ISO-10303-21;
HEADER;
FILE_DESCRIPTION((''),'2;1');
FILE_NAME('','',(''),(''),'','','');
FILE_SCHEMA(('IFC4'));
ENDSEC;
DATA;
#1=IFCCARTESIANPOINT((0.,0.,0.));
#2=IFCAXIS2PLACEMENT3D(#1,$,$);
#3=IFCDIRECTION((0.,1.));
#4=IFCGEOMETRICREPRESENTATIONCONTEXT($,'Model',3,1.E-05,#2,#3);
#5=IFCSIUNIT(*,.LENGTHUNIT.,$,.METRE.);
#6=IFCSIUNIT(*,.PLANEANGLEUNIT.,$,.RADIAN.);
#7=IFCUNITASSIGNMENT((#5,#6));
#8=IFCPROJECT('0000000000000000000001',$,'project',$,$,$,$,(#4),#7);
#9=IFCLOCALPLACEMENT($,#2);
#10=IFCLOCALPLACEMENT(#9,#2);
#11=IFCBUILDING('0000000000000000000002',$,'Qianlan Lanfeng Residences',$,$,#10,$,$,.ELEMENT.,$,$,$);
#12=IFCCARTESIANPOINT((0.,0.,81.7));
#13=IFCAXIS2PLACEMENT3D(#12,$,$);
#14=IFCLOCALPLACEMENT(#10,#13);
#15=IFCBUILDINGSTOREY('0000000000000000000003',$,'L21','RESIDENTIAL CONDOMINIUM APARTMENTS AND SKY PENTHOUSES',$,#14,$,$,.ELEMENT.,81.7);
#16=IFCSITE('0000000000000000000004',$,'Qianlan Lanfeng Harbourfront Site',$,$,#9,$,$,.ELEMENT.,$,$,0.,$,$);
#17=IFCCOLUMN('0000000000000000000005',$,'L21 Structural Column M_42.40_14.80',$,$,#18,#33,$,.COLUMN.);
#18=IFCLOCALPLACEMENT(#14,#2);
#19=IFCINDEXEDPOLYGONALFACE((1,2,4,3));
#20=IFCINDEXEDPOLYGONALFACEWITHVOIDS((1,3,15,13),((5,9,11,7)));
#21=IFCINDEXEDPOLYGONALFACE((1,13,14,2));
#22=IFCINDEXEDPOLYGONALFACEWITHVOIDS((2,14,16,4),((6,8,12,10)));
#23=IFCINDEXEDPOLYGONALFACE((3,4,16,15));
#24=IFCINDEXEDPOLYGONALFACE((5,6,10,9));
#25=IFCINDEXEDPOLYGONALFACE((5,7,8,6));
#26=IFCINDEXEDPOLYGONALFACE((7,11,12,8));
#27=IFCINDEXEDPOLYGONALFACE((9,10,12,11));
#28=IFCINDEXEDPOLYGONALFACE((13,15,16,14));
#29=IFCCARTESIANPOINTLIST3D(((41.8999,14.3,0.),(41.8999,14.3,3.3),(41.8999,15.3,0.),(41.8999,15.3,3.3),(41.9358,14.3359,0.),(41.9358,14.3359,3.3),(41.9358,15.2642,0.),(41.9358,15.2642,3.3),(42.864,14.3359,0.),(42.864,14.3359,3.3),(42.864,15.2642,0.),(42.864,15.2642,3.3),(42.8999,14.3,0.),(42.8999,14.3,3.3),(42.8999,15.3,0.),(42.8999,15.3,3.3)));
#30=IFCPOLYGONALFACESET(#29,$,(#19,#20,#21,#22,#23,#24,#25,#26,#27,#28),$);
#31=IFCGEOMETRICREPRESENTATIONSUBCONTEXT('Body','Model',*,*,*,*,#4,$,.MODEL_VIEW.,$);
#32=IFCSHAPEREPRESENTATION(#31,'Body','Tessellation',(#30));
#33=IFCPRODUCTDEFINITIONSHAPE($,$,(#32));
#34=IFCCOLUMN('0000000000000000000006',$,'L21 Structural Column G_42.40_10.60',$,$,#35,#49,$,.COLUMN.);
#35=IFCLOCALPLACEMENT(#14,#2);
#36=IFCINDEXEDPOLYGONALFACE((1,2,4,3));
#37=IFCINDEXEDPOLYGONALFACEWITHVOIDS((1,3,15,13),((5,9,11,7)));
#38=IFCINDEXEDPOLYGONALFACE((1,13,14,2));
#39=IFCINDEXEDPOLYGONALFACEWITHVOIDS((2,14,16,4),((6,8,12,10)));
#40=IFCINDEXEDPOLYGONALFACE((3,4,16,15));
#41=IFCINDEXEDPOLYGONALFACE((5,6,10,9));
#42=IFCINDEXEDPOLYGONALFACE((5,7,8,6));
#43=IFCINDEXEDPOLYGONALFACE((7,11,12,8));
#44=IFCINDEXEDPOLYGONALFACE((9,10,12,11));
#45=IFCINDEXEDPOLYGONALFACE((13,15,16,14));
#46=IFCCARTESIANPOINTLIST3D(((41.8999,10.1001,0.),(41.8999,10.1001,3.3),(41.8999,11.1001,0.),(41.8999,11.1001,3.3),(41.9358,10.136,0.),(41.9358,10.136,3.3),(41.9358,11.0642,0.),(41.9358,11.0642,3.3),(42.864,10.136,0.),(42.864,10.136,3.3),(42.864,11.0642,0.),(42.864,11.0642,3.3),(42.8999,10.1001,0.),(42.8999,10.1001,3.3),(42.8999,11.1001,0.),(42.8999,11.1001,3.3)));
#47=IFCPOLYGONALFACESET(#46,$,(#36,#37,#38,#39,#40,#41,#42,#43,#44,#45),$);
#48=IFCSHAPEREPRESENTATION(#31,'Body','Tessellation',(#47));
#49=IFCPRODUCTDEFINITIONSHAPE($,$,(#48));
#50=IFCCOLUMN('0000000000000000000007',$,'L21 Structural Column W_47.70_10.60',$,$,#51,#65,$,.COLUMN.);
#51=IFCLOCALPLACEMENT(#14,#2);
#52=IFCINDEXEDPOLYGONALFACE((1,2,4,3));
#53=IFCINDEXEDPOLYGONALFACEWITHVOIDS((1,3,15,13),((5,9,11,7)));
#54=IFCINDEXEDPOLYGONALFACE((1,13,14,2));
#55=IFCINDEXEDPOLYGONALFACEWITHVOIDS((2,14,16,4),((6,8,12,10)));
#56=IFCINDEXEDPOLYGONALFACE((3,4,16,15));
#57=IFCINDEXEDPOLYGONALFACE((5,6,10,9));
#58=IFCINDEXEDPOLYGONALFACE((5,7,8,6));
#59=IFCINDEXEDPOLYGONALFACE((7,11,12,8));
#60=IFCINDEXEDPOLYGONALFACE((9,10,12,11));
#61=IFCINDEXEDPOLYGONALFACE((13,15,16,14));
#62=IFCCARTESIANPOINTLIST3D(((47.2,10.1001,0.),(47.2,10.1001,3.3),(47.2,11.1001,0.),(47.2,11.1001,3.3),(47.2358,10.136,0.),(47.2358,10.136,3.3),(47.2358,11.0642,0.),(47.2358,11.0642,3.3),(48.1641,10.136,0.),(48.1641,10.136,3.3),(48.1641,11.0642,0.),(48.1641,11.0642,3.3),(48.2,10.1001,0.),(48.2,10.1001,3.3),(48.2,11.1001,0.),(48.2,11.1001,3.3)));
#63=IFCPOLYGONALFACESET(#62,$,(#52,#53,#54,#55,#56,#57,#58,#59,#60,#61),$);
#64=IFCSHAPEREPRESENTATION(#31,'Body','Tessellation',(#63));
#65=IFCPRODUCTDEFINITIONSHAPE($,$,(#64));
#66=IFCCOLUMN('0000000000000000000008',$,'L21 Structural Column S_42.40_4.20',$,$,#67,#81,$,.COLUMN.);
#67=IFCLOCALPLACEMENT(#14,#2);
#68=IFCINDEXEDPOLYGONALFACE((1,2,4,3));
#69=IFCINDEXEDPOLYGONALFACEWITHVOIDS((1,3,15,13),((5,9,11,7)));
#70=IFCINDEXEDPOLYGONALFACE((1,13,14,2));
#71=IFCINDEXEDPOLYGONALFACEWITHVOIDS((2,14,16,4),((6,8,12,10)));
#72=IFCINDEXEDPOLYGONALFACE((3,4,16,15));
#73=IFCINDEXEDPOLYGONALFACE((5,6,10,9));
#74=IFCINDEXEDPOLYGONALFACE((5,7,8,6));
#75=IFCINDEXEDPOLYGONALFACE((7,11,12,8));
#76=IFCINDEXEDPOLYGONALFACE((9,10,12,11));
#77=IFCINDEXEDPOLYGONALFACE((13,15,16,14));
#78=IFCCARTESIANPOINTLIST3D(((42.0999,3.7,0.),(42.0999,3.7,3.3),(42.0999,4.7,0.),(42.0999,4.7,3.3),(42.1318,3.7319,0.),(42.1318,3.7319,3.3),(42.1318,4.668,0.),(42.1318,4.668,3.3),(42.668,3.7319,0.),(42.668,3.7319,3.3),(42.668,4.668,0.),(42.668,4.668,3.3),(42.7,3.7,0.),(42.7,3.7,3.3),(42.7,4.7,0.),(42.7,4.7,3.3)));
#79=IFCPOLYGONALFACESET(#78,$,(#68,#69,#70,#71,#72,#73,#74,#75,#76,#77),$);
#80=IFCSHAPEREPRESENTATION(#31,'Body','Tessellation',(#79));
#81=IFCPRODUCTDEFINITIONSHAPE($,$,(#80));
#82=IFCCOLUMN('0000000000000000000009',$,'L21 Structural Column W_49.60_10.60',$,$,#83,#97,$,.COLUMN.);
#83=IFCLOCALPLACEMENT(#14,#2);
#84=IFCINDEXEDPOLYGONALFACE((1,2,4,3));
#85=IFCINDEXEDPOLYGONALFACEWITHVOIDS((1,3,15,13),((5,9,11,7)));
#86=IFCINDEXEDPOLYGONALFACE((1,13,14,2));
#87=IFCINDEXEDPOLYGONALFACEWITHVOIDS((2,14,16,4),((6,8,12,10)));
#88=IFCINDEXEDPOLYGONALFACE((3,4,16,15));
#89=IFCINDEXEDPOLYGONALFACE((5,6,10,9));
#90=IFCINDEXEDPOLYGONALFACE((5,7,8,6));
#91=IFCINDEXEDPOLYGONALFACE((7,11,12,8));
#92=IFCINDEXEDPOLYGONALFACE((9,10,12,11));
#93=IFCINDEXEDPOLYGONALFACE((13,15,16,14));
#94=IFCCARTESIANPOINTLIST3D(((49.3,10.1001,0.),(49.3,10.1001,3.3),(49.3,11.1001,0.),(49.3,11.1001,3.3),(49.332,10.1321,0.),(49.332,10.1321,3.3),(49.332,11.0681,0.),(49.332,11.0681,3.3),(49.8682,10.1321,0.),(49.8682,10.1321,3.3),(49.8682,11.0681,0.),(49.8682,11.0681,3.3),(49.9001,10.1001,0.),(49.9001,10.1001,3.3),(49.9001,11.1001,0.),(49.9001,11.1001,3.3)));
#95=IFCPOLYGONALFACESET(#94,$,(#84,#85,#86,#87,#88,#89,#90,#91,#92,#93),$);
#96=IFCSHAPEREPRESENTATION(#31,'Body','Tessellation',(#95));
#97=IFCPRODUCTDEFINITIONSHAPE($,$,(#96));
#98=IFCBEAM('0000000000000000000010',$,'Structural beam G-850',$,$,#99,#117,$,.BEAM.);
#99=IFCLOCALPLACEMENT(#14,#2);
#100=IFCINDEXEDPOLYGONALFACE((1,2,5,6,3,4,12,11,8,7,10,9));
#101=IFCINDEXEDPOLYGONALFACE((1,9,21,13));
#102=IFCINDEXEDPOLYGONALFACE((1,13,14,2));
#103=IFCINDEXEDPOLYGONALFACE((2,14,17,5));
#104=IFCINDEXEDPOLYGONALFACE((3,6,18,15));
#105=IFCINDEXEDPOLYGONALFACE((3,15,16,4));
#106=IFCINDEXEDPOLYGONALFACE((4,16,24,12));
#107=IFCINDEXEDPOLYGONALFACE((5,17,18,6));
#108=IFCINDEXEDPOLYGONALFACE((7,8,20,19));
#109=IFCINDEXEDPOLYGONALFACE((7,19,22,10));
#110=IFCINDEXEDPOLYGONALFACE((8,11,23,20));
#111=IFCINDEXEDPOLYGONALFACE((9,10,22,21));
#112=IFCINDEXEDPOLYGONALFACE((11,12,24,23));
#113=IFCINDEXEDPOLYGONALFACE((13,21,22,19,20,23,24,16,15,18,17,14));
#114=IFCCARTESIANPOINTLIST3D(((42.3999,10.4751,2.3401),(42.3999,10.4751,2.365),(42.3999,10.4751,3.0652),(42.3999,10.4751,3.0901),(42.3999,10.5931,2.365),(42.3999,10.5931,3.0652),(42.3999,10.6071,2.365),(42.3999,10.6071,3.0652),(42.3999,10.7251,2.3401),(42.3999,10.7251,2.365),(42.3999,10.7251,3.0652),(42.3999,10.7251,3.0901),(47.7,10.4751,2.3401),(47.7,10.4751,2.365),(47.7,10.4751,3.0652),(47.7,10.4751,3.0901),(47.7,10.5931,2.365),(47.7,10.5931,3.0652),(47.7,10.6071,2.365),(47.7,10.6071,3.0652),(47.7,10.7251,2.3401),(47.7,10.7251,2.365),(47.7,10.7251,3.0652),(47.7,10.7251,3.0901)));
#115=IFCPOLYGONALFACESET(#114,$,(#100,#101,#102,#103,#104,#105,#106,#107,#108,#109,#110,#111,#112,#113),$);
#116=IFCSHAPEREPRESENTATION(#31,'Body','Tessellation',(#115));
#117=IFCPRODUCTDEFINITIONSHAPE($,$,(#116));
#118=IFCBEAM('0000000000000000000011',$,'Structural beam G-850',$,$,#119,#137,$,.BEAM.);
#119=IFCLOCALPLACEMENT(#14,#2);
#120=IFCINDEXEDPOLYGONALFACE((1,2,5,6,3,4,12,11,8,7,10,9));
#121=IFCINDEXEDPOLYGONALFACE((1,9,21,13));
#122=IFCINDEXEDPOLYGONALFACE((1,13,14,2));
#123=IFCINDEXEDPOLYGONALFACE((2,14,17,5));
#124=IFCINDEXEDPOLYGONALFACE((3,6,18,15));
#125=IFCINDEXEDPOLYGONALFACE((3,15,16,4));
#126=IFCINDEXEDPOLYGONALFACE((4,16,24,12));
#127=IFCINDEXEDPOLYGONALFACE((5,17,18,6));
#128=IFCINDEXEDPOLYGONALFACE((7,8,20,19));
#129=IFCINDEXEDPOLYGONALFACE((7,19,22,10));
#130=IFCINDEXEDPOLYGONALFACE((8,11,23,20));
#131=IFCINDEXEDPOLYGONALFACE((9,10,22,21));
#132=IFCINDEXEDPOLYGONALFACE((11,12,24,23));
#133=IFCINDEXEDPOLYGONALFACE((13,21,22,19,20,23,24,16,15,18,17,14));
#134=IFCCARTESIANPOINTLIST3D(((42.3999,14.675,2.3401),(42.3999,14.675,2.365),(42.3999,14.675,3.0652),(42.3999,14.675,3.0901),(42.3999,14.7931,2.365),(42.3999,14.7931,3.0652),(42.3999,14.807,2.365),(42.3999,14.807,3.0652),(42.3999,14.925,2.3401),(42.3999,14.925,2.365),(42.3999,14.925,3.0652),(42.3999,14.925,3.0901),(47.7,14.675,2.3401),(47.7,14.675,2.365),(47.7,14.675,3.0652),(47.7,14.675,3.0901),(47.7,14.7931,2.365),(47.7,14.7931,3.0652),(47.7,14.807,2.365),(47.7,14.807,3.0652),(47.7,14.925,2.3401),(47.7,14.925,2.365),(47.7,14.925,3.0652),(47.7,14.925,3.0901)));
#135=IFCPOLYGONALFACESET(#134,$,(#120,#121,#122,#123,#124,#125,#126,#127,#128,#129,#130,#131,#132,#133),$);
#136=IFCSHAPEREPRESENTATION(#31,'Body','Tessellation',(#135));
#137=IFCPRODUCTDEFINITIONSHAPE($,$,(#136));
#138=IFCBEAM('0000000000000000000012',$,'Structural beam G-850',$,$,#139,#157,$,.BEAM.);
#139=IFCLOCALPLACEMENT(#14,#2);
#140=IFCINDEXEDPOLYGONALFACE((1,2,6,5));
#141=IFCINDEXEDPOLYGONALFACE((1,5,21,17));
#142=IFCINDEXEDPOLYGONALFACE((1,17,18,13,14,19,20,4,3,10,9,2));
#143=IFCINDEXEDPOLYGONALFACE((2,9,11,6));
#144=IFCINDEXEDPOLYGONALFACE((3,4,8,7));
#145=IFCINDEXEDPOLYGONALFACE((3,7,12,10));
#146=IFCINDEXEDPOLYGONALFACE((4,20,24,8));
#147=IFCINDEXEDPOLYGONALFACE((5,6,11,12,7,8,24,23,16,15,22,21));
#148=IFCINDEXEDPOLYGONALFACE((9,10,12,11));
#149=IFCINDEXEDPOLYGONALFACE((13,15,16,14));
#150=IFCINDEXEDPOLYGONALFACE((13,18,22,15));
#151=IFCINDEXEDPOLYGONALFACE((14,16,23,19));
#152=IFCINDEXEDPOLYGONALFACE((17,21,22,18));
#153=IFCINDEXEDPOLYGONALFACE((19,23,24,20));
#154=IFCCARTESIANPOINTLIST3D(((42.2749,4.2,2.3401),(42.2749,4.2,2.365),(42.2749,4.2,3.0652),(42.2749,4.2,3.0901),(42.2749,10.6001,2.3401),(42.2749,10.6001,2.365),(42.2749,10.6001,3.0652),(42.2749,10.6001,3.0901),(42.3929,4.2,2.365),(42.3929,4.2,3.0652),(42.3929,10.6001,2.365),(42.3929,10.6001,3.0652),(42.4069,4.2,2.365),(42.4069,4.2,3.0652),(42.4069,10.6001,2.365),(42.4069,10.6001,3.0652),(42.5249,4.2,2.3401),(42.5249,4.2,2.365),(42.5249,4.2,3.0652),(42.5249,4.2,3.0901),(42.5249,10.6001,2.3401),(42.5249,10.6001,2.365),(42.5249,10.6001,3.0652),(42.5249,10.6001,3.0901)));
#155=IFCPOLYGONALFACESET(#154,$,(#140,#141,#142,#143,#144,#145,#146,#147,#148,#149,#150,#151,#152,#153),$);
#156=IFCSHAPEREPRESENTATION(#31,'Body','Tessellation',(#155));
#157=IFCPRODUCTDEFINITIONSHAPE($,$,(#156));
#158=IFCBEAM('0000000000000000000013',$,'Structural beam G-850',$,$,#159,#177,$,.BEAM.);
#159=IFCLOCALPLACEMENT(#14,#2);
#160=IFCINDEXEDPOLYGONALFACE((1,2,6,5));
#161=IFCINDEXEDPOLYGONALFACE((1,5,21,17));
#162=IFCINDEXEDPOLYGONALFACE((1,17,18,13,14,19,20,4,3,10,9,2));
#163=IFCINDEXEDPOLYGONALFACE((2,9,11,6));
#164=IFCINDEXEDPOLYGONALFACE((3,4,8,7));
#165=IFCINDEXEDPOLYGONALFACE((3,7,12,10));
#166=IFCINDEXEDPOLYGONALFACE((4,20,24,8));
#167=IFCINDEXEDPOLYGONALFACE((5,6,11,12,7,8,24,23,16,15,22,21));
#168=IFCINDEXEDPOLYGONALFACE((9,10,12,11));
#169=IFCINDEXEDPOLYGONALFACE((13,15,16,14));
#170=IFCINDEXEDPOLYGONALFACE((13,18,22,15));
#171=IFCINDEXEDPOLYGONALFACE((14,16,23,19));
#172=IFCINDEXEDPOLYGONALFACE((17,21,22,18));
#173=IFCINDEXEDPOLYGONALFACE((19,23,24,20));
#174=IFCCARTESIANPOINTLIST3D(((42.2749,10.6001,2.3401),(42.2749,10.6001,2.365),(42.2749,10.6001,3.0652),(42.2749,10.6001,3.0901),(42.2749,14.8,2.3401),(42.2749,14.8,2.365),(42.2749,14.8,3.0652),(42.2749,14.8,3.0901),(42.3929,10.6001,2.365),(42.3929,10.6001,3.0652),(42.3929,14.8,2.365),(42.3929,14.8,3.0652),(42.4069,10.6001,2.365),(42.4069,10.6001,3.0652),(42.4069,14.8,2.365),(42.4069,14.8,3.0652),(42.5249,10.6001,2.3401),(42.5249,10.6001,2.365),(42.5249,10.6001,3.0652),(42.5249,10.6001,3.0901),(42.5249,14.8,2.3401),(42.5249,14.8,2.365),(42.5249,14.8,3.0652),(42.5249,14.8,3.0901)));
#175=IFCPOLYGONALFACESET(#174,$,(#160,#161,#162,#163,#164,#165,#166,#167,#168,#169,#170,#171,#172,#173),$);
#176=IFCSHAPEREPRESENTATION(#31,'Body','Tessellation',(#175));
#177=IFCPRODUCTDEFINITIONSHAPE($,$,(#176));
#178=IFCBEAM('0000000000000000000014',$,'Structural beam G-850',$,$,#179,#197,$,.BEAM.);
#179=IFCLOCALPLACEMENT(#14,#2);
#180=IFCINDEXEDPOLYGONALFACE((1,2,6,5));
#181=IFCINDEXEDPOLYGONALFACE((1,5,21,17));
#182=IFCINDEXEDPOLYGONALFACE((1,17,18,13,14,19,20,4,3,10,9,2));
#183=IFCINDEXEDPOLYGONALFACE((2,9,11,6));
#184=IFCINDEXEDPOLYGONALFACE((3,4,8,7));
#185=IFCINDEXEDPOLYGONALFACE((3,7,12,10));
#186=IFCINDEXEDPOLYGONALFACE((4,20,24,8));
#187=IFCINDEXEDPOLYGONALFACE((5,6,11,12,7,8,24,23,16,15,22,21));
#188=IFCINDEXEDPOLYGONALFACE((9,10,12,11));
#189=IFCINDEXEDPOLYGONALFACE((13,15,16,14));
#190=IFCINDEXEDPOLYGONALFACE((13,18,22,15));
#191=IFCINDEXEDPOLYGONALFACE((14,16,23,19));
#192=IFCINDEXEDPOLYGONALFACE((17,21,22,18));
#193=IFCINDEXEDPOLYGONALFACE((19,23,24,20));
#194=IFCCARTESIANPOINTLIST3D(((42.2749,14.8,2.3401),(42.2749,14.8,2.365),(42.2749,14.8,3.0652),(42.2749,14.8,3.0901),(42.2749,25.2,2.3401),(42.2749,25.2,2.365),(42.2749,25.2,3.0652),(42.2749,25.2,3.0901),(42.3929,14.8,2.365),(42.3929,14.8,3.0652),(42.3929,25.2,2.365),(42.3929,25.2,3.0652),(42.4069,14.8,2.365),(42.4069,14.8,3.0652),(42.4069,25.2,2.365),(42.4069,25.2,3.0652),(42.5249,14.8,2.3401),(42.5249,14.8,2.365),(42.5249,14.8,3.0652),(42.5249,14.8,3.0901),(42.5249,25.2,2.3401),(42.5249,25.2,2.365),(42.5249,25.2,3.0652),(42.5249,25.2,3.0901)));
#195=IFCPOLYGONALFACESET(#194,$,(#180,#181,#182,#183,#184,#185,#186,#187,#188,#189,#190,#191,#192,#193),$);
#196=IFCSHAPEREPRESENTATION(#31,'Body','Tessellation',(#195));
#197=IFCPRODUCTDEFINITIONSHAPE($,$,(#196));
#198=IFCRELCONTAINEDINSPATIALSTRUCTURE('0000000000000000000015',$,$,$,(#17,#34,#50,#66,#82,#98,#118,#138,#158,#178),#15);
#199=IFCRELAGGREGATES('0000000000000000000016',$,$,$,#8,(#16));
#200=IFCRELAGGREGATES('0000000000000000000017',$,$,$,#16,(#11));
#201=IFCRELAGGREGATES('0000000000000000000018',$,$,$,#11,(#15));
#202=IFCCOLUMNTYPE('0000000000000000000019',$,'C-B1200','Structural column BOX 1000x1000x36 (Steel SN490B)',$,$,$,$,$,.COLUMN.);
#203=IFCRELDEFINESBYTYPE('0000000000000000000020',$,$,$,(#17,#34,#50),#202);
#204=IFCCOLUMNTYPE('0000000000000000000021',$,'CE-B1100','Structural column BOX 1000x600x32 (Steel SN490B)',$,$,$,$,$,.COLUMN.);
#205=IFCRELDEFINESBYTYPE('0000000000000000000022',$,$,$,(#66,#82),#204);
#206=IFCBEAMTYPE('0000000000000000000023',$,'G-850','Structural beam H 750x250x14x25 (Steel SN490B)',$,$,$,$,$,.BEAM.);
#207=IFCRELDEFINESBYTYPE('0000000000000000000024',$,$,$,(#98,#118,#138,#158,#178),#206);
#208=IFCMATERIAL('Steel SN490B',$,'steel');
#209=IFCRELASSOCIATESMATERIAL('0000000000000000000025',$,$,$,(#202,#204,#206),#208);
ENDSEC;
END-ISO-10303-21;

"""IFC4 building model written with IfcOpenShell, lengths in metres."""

from ifc_helpers import new_model, si_unit, direction, frame, origin, origin_2d, place, context, subcontext, project, spatial, hollow_rectangle, i_section, extrude, material, material_profile, profile_set, type_object, element, save


model = new_model("IFC4")

# Units and contexts
model_context = context("Model", 3, precision=1e-05, world=origin(), true_north=direction((0.0, 1.0)))
body_context = subcontext(model_context, "Body", "Model", "MODEL_VIEW")
ifc_project = project(units=[si_unit("LENGTHUNIT", "METRE"), si_unit("PLANEANGLEUNIT", "RADIAN")], contexts=[model_context])

# Site, building, storey
site_placement = place(None, origin())
site = spatial("IfcSite", under=ifc_project, at=site_placement, Name="Qianlan Lanfeng Harbourfront Site", CompositionType="ELEMENT", RefElevation=0.0)
building_placement = place(site_placement, origin())
building = spatial("IfcBuilding", under=site, at=building_placement, Name="Qianlan Lanfeng Residences", CompositionType="ELEMENT")
storey_placement = place(building_placement, frame((0.0, 0.0, 81.7)))
storey = spatial("IfcBuildingStorey", under=building, at=storey_placement, Name="L21", Description="RESIDENTIAL CONDOMINIUM APARTMENTS AND SKY PENTHOUSES", CompositionType="ELEMENT", Elevation=81.7)

# Columns
ifc_material_1 = material(Name="Steel SN490B", Category="steel")
ifc_material_profile_1 = material_profile(ifc_material_1, hollow_rectangle(XDim=1.0, YDim=1.0, WallThickness=0.0359, at=origin_2d()), Name="BOX 1000x1000x36")
ifc_profile_set_1 = profile_set([ifc_material_profile_1], Name="Steel SN490B")
column_type_1 = type_object("IfcColumnType", Name="C-B1200", Description="Structural column BOX 1000x1000x36 (Steel SN490B)", PredefinedType="COLUMN", material=ifc_profile_set_1)
for number, where, z_axis, x_axis, name in (
    (1, (42.3999, 14.8, 0.0), (0.0, 0.0, 1.0), (1.0, 0.0, 0.0), "L21 Structural Column M_42.40_14.80"),
    (2, (42.3999, 10.6001, 0.0), (0.0, 0.0, 1.0), (1.0, 0.0, 0.0), "L21 Structural Column G_42.40_10.60"),
    (3, (47.7, 10.6001, 0.0), (0.0, 0.0, 1.0), (1.0, 0.0, 0.0), "L21 Structural Column W_47.70_10.60"),
):
    element("IfcColumn", number, at=place(storey_placement, frame(where, z_axis=z_axis, x_axis=x_axis)), inside=storey, type_object=column_type_1, Name=name, PredefinedType="COLUMN", context=body_context, shape_type="SweptSolid", body=[
        extrude(hollow_rectangle(XDim=1.0, YDim=1.0, WallThickness=0.0359, at=origin_2d()), origin(), (0.0, 0.0, 1.0), 3.3),
    ])
ifc_material_profile_2 = material_profile(ifc_material_1, hollow_rectangle(XDim=0.6001, YDim=1.0, WallThickness=0.032, at=origin_2d()), Name="BOX 1000x600x32")
ifc_profile_set_2 = profile_set([ifc_material_profile_2], Name="Steel SN490B")
column_type_2 = type_object("IfcColumnType", Name="CE-B1100", Description="Structural column BOX 1000x600x32 (Steel SN490B)", PredefinedType="COLUMN", material=ifc_profile_set_2)
for number, where, z_axis, x_axis, name in (
    (4, (42.3999, 4.2, 0.0), (0.0, 0.0, 1.0), (1.0, 0.0, 0.0), "L21 Structural Column S_42.40_4.20"),
    (5, (49.6001, 10.6001, 0.0), (0.0, 0.0, 1.0), (1.0, 0.0, 0.0), "L21 Structural Column W_49.60_10.60"),
):
    element("IfcColumn", number, at=place(storey_placement, frame(where, z_axis=z_axis, x_axis=x_axis)), inside=storey, type_object=column_type_2, Name=name, PredefinedType="COLUMN", context=body_context, shape_type="SweptSolid", body=[
        extrude(hollow_rectangle(XDim=0.6001, YDim=1.0, WallThickness=0.032, at=origin_2d()), origin(), (0.0, 0.0, 1.0), 3.3),
    ])

# Beams
ifc_material_profile_3 = material_profile(ifc_material_1, i_section(OverallWidth=0.25, OverallDepth=0.75, WebThickness=0.0139, FlangeThickness=0.0249, at=origin_2d()), Name="H 750x250x14x25")
ifc_profile_set_3 = profile_set([ifc_material_profile_3], Name="Steel SN490B")
beam_type_1 = type_object("IfcBeamType", Name="G-850", Description="Structural beam H 750x250x14x25 (Steel SN490B)", PredefinedType="BEAM", material=ifc_profile_set_3)
for number, where, z_axis, x_axis, name in (
    (6, (42.3999, 10.6001, 2.7151), (1.0, 0.0, 0.0), (0.0, 1.0, 0.0), "Structural beam G-850"),
    (7, (42.3999, 14.8, 2.7151), (1.0, 0.0, 0.0), (0.0, 1.0, 0.0), "Structural beam G-850"),
):
    element("IfcBeam", number, at=place(storey_placement, frame(where, z_axis=z_axis, x_axis=x_axis)), inside=storey, type_object=beam_type_1, Name=name, PredefinedType="BEAM", context=body_context, shape_type="SweptSolid", body=[
        extrude(i_section(OverallWidth=0.25, OverallDepth=0.75, WebThickness=0.0139, FlangeThickness=0.0249, at=origin_2d()), origin(), (0.0, 0.0, 1.0), 5.3),
    ])
beam_1_placement = place(storey_placement, frame((42.3999, 4.2, 2.7151), z_axis=(0.0, 1.0, 0.0), x_axis=(-1.0, 0.0, 0.0)))
element("IfcBeam", 8, at=beam_1_placement, inside=storey, type_object=beam_type_1, Name="Structural beam G-850", PredefinedType="BEAM", context=body_context, shape_type="SweptSolid", body=[
    extrude(i_section(OverallWidth=0.25, OverallDepth=0.75, WebThickness=0.0139, FlangeThickness=0.0249, at=origin_2d()), origin(), (0.0, 0.0, 1.0), 6.4001),
])
beam_2_placement = place(storey_placement, frame((42.3999, 10.6001, 2.7151), z_axis=(0.0, 1.0, 0.0), x_axis=(-1.0, 0.0, 0.0)))
element("IfcBeam", 9, at=beam_2_placement, inside=storey, type_object=beam_type_1, Name="Structural beam G-850", PredefinedType="BEAM", context=body_context, shape_type="SweptSolid", body=[
    extrude(i_section(OverallWidth=0.25, OverallDepth=0.75, WebThickness=0.0139, FlangeThickness=0.0249, at=origin_2d()), origin(), (0.0, 0.0, 1.0), 4.2),
])
beam_3_placement = place(storey_placement, frame((42.3999, 14.8, 2.7151), z_axis=(0.0, 1.0, 0.0), x_axis=(-1.0, 0.0, 0.0)))
element("IfcBeam", 10, at=beam_3_placement, inside=storey, type_object=beam_type_1, Name="Structural beam G-850", PredefinedType="BEAM", context=body_context, shape_type="SweptSolid", body=[
    extrude(i_section(OverallWidth=0.25, OverallDepth=0.75, WebThickness=0.0139, FlangeThickness=0.0249, at=origin_2d()), origin(), (0.0, 0.0, 1.0), 10.3999),
])

save(model, "model.ifc")
